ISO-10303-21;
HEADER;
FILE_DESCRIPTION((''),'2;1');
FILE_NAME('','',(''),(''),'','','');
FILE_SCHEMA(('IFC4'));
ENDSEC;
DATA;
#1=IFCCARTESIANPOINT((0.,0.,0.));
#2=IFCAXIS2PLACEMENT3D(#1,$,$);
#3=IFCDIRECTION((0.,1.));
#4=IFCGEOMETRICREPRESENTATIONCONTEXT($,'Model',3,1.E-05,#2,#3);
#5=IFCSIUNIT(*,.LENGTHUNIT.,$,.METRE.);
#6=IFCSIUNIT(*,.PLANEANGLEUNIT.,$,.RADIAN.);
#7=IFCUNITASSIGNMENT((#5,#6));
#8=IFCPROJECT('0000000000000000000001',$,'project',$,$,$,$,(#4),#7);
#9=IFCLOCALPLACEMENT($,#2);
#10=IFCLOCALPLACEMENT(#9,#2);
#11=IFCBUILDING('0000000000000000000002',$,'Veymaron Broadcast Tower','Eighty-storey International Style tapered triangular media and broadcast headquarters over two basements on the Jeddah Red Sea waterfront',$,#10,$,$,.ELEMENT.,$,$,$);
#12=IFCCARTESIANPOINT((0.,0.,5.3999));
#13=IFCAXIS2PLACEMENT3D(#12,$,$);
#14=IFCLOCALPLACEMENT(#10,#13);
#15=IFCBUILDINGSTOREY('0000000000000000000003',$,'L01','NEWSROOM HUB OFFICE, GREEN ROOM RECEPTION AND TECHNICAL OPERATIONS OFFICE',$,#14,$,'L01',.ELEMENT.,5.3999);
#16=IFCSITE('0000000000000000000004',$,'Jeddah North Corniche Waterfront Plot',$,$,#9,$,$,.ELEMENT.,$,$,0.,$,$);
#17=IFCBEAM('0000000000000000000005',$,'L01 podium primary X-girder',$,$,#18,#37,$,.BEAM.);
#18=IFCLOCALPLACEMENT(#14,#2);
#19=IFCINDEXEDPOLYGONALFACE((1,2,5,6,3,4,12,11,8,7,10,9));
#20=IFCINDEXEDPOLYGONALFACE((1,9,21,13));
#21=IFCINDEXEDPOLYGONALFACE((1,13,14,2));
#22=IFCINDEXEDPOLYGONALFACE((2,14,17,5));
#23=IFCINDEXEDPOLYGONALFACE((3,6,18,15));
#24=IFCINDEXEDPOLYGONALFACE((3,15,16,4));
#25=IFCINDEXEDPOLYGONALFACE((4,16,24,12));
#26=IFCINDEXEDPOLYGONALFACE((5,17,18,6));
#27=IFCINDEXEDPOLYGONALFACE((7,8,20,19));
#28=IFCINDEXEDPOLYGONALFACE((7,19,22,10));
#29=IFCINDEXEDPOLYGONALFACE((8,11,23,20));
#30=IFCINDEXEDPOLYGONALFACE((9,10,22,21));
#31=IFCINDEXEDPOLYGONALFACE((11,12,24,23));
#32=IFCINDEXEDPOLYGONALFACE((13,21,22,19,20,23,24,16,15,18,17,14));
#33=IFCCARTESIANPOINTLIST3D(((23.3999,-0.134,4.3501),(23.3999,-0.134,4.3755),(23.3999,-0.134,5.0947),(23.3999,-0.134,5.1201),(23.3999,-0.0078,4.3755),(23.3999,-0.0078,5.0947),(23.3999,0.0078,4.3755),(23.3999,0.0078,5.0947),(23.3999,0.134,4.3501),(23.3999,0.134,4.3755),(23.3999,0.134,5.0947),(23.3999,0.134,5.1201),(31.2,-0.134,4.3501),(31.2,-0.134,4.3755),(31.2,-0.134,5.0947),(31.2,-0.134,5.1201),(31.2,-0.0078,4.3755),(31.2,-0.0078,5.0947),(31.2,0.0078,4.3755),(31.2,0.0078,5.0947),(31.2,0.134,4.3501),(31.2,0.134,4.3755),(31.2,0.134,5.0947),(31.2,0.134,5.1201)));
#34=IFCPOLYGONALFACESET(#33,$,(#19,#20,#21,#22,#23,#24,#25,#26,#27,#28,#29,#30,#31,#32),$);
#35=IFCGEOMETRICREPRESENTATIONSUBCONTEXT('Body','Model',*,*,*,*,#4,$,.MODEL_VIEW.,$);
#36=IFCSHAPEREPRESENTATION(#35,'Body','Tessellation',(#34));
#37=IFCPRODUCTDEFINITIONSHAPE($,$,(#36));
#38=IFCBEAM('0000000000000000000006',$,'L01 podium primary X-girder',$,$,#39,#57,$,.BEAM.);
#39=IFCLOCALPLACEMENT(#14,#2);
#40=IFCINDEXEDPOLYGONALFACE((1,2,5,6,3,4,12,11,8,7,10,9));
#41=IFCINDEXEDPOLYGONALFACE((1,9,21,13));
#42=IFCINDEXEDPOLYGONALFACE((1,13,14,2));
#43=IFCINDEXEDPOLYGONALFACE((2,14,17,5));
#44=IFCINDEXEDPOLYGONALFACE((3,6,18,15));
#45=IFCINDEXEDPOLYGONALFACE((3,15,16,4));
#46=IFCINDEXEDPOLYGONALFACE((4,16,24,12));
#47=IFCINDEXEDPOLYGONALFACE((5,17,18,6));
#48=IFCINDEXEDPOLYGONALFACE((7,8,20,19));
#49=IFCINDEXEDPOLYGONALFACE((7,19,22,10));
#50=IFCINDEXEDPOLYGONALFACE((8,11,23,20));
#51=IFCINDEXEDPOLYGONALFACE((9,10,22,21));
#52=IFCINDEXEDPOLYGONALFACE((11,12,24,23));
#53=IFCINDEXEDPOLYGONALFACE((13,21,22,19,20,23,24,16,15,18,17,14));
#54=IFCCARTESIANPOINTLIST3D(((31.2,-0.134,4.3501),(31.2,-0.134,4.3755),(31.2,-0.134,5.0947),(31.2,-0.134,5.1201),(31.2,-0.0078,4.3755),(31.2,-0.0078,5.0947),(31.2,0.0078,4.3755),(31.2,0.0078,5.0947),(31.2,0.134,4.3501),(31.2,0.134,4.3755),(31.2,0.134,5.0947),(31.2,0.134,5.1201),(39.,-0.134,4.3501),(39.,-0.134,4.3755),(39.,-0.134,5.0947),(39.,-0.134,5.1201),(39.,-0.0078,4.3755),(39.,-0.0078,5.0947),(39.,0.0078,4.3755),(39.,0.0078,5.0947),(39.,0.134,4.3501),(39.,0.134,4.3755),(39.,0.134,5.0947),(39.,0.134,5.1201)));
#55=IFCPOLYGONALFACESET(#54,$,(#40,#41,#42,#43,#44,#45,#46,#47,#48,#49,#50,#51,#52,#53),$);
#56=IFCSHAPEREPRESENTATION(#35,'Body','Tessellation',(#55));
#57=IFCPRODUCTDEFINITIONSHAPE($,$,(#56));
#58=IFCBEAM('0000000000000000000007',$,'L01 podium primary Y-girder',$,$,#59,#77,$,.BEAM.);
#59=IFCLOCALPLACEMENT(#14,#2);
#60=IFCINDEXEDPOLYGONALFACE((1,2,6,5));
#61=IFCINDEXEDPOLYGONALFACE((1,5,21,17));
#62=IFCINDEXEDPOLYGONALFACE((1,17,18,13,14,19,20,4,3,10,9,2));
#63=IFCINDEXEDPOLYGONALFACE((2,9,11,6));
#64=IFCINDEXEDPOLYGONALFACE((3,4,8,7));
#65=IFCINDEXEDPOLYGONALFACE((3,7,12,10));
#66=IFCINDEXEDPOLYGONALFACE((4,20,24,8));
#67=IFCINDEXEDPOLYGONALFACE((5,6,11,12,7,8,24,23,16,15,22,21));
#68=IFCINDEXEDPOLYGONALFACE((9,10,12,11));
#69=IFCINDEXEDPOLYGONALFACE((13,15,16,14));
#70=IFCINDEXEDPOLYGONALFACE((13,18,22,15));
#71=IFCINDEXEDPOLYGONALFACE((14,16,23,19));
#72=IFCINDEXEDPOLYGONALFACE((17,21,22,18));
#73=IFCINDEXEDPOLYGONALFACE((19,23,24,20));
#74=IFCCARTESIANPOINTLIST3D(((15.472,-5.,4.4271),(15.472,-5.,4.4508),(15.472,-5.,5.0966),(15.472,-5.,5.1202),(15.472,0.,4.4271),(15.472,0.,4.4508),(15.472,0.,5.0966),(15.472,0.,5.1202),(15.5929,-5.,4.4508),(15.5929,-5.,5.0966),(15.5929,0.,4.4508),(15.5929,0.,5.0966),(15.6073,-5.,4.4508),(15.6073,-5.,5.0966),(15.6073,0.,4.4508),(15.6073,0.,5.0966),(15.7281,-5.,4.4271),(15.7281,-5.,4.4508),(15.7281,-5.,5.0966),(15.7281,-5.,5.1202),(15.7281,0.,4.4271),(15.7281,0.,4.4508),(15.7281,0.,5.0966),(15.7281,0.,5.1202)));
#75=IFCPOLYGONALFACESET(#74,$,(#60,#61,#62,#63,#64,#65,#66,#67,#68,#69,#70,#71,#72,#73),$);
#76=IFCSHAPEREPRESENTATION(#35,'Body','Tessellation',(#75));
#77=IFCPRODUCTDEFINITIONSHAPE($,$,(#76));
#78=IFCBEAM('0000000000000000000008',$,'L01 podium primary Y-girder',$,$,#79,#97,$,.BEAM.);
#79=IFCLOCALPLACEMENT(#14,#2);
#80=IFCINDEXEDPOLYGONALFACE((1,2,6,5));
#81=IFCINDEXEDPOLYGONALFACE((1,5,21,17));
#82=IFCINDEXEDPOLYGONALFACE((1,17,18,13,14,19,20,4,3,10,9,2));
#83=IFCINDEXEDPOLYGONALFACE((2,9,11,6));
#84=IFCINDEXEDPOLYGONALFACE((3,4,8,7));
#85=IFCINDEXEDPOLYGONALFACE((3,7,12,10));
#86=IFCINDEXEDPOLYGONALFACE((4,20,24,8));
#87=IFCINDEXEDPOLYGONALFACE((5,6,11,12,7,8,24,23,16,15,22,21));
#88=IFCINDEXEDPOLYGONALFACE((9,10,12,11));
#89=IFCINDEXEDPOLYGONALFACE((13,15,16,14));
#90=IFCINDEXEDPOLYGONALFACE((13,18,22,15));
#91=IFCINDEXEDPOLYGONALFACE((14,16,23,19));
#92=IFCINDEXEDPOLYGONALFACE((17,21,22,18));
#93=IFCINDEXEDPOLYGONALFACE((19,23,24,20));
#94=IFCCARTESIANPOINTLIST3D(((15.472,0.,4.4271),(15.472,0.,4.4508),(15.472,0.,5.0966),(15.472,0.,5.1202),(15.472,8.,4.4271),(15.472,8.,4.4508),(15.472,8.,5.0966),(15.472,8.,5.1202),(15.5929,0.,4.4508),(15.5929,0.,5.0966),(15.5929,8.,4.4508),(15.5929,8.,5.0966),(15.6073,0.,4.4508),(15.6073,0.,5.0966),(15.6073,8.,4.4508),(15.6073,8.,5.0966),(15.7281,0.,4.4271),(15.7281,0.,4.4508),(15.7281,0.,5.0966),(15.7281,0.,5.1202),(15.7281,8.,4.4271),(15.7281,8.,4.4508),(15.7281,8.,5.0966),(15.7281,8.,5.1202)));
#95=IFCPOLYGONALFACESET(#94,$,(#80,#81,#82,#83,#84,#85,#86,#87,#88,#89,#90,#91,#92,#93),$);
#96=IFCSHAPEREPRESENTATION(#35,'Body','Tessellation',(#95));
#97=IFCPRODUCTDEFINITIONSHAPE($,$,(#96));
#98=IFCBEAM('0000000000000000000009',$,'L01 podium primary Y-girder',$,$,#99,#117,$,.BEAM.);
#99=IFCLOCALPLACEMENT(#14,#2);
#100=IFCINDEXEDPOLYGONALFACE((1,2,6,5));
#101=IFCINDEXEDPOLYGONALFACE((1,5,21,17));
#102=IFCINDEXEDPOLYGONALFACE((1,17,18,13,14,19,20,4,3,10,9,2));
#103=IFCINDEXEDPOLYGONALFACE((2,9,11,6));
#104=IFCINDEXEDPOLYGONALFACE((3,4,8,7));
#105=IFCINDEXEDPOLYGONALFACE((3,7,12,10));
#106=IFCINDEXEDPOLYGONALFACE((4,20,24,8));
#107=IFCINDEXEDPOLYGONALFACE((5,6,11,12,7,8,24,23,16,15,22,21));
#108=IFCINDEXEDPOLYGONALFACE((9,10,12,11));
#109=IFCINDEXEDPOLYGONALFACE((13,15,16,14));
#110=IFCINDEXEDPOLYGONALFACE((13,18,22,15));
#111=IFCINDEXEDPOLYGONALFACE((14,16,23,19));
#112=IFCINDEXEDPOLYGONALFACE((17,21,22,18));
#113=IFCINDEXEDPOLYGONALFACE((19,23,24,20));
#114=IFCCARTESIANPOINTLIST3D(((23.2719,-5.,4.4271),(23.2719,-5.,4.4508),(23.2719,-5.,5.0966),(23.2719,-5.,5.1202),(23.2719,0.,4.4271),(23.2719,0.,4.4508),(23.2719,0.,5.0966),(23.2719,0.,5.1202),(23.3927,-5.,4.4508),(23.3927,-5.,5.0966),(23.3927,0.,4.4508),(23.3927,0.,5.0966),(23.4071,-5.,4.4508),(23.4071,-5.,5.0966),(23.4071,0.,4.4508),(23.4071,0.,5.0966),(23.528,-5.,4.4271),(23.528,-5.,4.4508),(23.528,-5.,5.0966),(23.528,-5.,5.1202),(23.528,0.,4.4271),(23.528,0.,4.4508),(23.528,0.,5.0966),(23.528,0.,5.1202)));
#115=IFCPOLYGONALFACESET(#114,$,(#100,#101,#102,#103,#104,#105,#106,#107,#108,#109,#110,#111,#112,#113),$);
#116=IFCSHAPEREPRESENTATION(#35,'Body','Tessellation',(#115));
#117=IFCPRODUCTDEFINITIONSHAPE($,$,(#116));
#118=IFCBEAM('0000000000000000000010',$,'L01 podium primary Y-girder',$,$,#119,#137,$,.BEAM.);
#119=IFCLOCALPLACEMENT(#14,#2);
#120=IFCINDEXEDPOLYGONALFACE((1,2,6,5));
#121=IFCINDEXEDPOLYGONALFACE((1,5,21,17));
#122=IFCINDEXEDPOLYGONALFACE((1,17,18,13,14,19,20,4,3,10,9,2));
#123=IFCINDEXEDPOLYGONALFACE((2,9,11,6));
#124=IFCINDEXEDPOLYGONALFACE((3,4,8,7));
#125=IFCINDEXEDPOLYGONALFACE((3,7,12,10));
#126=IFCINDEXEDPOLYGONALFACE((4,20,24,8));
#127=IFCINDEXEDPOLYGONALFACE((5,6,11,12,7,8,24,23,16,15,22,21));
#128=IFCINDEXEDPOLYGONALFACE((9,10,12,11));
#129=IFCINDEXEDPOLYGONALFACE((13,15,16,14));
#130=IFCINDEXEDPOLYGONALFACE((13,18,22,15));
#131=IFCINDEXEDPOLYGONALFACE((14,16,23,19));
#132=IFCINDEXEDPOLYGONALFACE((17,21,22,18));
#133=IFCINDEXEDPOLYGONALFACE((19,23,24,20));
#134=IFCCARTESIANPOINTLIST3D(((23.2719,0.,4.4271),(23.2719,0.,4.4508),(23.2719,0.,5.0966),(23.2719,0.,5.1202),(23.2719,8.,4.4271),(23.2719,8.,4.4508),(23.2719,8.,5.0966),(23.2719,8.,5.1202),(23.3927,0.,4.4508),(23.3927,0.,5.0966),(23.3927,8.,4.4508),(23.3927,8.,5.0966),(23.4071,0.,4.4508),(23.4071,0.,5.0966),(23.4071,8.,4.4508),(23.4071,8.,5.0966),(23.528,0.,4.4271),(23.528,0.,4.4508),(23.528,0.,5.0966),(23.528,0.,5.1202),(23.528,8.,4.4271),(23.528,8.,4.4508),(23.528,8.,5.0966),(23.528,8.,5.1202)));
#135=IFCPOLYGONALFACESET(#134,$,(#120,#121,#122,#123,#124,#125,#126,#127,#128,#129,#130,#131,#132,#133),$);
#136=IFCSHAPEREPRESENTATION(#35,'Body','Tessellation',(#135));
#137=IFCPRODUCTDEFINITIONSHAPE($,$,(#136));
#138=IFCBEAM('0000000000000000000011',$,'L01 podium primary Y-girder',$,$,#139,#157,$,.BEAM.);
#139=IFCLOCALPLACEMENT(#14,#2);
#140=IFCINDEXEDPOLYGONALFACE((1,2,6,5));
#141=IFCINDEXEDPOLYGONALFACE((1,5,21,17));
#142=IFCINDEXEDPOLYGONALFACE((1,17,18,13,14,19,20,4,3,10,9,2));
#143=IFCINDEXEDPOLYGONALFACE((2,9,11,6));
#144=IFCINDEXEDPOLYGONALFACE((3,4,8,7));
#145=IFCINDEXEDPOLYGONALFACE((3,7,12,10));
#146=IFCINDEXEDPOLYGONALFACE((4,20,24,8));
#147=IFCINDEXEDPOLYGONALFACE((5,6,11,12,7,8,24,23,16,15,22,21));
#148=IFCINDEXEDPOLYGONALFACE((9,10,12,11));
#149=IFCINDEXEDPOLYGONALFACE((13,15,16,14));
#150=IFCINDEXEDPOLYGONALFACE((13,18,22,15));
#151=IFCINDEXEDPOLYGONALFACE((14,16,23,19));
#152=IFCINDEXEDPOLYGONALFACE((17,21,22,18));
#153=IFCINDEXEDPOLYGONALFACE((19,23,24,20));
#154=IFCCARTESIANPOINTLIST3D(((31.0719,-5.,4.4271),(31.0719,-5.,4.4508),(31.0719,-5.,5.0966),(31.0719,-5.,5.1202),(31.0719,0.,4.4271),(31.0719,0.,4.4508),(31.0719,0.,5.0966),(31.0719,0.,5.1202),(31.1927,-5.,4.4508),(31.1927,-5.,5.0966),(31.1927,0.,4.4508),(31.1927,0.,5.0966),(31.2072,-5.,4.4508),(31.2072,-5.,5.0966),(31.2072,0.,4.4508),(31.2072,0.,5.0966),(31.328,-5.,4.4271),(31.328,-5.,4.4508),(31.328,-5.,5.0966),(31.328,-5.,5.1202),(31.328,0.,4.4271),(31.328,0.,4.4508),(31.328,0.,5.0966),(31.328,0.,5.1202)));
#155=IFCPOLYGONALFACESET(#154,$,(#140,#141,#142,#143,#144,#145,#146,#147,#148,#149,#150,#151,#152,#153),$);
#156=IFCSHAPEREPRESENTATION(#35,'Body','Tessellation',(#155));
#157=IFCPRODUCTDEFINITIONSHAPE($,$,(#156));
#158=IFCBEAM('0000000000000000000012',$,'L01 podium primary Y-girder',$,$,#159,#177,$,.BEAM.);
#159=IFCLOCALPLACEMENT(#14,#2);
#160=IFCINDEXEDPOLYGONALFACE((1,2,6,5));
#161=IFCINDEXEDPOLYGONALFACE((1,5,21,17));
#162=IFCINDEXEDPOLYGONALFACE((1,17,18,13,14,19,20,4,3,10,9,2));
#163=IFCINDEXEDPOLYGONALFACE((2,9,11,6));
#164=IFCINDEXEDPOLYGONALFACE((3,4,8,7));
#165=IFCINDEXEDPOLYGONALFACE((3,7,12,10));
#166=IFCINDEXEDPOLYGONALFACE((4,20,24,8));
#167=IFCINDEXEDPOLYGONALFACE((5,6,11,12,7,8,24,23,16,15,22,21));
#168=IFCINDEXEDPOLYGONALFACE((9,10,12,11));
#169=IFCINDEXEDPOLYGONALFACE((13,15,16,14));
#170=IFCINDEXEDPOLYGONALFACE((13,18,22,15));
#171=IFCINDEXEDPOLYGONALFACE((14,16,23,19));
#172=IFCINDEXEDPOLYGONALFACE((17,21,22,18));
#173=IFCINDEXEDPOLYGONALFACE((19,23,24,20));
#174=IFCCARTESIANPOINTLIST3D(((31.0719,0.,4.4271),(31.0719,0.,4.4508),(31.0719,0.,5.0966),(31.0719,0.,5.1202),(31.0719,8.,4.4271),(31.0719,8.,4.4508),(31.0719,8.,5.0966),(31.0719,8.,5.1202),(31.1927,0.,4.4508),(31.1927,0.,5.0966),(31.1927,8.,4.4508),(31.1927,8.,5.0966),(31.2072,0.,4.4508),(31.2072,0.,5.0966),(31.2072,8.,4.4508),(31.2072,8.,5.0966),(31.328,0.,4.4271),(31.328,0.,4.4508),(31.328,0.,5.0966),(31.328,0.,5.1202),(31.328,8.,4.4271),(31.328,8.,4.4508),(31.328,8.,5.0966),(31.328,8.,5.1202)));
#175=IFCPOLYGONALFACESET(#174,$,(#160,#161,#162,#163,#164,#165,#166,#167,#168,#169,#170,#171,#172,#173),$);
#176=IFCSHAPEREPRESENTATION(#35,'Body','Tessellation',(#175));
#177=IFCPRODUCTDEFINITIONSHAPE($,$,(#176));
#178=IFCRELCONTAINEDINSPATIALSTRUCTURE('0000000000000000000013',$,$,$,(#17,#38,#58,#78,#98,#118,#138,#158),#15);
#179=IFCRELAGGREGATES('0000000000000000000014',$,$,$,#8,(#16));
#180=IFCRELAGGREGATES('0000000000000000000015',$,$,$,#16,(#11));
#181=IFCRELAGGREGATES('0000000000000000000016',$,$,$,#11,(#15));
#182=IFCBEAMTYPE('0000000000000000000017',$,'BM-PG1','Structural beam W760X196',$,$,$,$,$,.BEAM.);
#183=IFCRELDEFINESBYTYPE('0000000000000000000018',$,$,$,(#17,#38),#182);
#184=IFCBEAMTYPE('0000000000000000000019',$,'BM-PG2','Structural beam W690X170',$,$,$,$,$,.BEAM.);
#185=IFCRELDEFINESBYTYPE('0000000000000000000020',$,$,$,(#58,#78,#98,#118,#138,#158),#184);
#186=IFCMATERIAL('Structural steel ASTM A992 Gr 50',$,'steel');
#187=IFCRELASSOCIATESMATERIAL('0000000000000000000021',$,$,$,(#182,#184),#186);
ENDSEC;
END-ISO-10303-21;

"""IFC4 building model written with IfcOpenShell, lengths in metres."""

from ifc_helpers import new_model, si_unit, direction, frame, origin, origin_2d, place, context, subcontext, project, spatial, i_section, extrude, material, material_profile, profile_set, type_object, element, save


model = new_model("IFC4")

# Units and contexts
model_context = context("Model", 3, precision=1e-05, world=origin(), true_north=direction((0.0, 1.0)))
body_context = subcontext(model_context, "Body", "Model", "MODEL_VIEW")
ifc_project = project(units=[si_unit("LENGTHUNIT", "METRE"), si_unit("PLANEANGLEUNIT", "RADIAN")], contexts=[model_context])

# Site, building, storey
site_placement = place(None, origin())
site = spatial("IfcSite", under=ifc_project, at=site_placement, Name="Jeddah North Corniche Waterfront Plot", CompositionType="ELEMENT", RefElevation=0.0)
building_placement = place(site_placement, origin())
building = spatial("IfcBuilding", under=site, at=building_placement, Name="Veymaron Broadcast Tower", Description="Eighty-storey International Style tapered triangular media and broadcast headquarters over two basements on the Jeddah Red Sea waterfront", CompositionType="ELEMENT")
storey_placement = place(building_placement, frame((0.0, 0.0, 5.3999)))
storey = spatial("IfcBuildingStorey", under=building, at=storey_placement, Name="L01", Description="NEWSROOM HUB OFFICE, GREEN ROOM RECEPTION AND TECHNICAL OPERATIONS OFFICE", LongName="L01", CompositionType="ELEMENT", Elevation=5.3999)

# Beams
ifc_material_1 = material(Name="Structural steel ASTM A992 Gr 50", Category="steel")
ifc_material_profile_1 = material_profile(ifc_material_1, i_section(OverallWidth=0.2681, OverallDepth=0.77, WebThickness=0.0156, FlangeThickness=0.0254, at=origin_2d()), Name="W760X196")
ifc_profile_set_1 = profile_set([ifc_material_profile_1], Name="Structural steel ASTM A992 Gr 50")
beam_type_1 = type_object("IfcBeamType", Name="BM-PG1", Description="Structural beam W760X196", PredefinedType="BEAM", material=ifc_profile_set_1)
for number, where, z_axis, x_axis, name in (
    (1, (23.3999, 0.0, 4.7351), (1.0, 0.0, 0.0), (0.0, 1.0, 0.0), "L01 podium primary X-girder"),
    (2, (31.2, 0.0, 4.7351), (1.0, 0.0, 0.0), (0.0, 1.0, 0.0), "L01 podium primary X-girder"),
):
    element("IfcBeam", number, at=place(storey_placement, frame(where, z_axis=z_axis, x_axis=x_axis)), inside=storey, type_object=beam_type_1, Name=name, PredefinedType="BEAM", context=body_context, shape_type="SweptSolid", body=[
        extrude(i_section(OverallWidth=0.2681, OverallDepth=0.77, WebThickness=0.0156, FlangeThickness=0.0254, at=origin_2d()), origin(), (0.0, 0.0, 1.0), 7.8),
    ])
ifc_material_profile_2 = material_profile(ifc_material_1, i_section(OverallWidth=0.2561, OverallDepth=0.6931, WebThickness=0.0144, FlangeThickness=0.0237, at=origin_2d()), Name="W690X170")
ifc_profile_set_2 = profile_set([ifc_material_profile_2], Name="Structural steel ASTM A992 Gr 50")
beam_type_2 = type_object("IfcBeamType", Name="BM-PG2", Description="Structural beam W690X170", PredefinedType="BEAM", material=ifc_profile_set_2)
beam_1_placement = place(storey_placement, frame((15.6001, -5.0, 4.7737), z_axis=(0.0, 1.0, 0.0), x_axis=(-1.0, 0.0, 0.0)))
element("IfcBeam", 3, at=beam_1_placement, inside=storey, type_object=beam_type_2, Name="L01 podium primary Y-girder", PredefinedType="BEAM", context=body_context, shape_type="SweptSolid", body=[
    extrude(i_section(OverallWidth=0.2561, OverallDepth=0.6931, WebThickness=0.0144, FlangeThickness=0.0237, at=origin_2d()), origin(), (0.0, 0.0, 1.0), 5.0),
])
beam_2_placement = place(storey_placement, frame((15.6001, 0.0, 4.7737), z_axis=(0.0, 1.0, 0.0), x_axis=(-1.0, 0.0, 0.0)))
element("IfcBeam", 4, at=beam_2_placement, inside=storey, type_object=beam_type_2, Name="L01 podium primary Y-girder", PredefinedType="BEAM", context=body_context, shape_type="SweptSolid", body=[
    extrude(i_section(OverallWidth=0.2561, OverallDepth=0.6931, WebThickness=0.0144, FlangeThickness=0.0237, at=origin_2d()), origin(), (0.0, 0.0, 1.0), 8.0),
])
beam_3_placement = place(storey_placement, frame((23.3999, -5.0, 4.7737), z_axis=(0.0, 1.0, 0.0), x_axis=(-1.0, 0.0, 0.0)))
element("IfcBeam", 5, at=beam_3_placement, inside=storey, type_object=beam_type_2, Name="L01 podium primary Y-girder", PredefinedType="BEAM", context=body_context, shape_type="SweptSolid", body=[
    extrude(i_section(OverallWidth=0.2561, OverallDepth=0.6931, WebThickness=0.0144, FlangeThickness=0.0237, at=origin_2d()), origin(), (0.0, 0.0, 1.0), 5.0),
])
beam_4_placement = place(storey_placement, frame((23.3999, 0.0, 4.7737), z_axis=(0.0, 1.0, 0.0), x_axis=(-1.0, 0.0, 0.0)))
element("IfcBeam", 6, at=beam_4_placement, inside=storey, type_object=beam_type_2, Name="L01 podium primary Y-girder", PredefinedType="BEAM", context=body_context, shape_type="SweptSolid", body=[
    extrude(i_section(OverallWidth=0.2561, OverallDepth=0.6931, WebThickness=0.0144, FlangeThickness=0.0237, at=origin_2d()), origin(), (0.0, 0.0, 1.0), 8.0),
])
beam_5_placement = place(storey_placement, frame((31.2, -5.0, 4.7737), z_axis=(0.0, 1.0, 0.0), x_axis=(-1.0, 0.0, 0.0)))
element("IfcBeam", 7, at=beam_5_placement, inside=storey, type_object=beam_type_2, Name="L01 podium primary Y-girder", PredefinedType="BEAM", context=body_context, shape_type="SweptSolid", body=[
    extrude(i_section(OverallWidth=0.2561, OverallDepth=0.6931, WebThickness=0.0144, FlangeThickness=0.0237, at=origin_2d()), origin(), (0.0, 0.0, 1.0), 5.0),
])
beam_6_placement = place(storey_placement, frame((31.2, 0.0, 4.7737), z_axis=(0.0, 1.0, 0.0), x_axis=(-1.0, 0.0, 0.0)))
element("IfcBeam", 8, at=beam_6_placement, inside=storey, type_object=beam_type_2, Name="L01 podium primary Y-girder", PredefinedType="BEAM", context=body_context, shape_type="SweptSolid", body=[
    extrude(i_section(OverallWidth=0.2561, OverallDepth=0.6931, WebThickness=0.0144, FlangeThickness=0.0237, at=origin_2d()), origin(), (0.0, 0.0, 1.0), 8.0),
])

save(model, "model.ifc")
